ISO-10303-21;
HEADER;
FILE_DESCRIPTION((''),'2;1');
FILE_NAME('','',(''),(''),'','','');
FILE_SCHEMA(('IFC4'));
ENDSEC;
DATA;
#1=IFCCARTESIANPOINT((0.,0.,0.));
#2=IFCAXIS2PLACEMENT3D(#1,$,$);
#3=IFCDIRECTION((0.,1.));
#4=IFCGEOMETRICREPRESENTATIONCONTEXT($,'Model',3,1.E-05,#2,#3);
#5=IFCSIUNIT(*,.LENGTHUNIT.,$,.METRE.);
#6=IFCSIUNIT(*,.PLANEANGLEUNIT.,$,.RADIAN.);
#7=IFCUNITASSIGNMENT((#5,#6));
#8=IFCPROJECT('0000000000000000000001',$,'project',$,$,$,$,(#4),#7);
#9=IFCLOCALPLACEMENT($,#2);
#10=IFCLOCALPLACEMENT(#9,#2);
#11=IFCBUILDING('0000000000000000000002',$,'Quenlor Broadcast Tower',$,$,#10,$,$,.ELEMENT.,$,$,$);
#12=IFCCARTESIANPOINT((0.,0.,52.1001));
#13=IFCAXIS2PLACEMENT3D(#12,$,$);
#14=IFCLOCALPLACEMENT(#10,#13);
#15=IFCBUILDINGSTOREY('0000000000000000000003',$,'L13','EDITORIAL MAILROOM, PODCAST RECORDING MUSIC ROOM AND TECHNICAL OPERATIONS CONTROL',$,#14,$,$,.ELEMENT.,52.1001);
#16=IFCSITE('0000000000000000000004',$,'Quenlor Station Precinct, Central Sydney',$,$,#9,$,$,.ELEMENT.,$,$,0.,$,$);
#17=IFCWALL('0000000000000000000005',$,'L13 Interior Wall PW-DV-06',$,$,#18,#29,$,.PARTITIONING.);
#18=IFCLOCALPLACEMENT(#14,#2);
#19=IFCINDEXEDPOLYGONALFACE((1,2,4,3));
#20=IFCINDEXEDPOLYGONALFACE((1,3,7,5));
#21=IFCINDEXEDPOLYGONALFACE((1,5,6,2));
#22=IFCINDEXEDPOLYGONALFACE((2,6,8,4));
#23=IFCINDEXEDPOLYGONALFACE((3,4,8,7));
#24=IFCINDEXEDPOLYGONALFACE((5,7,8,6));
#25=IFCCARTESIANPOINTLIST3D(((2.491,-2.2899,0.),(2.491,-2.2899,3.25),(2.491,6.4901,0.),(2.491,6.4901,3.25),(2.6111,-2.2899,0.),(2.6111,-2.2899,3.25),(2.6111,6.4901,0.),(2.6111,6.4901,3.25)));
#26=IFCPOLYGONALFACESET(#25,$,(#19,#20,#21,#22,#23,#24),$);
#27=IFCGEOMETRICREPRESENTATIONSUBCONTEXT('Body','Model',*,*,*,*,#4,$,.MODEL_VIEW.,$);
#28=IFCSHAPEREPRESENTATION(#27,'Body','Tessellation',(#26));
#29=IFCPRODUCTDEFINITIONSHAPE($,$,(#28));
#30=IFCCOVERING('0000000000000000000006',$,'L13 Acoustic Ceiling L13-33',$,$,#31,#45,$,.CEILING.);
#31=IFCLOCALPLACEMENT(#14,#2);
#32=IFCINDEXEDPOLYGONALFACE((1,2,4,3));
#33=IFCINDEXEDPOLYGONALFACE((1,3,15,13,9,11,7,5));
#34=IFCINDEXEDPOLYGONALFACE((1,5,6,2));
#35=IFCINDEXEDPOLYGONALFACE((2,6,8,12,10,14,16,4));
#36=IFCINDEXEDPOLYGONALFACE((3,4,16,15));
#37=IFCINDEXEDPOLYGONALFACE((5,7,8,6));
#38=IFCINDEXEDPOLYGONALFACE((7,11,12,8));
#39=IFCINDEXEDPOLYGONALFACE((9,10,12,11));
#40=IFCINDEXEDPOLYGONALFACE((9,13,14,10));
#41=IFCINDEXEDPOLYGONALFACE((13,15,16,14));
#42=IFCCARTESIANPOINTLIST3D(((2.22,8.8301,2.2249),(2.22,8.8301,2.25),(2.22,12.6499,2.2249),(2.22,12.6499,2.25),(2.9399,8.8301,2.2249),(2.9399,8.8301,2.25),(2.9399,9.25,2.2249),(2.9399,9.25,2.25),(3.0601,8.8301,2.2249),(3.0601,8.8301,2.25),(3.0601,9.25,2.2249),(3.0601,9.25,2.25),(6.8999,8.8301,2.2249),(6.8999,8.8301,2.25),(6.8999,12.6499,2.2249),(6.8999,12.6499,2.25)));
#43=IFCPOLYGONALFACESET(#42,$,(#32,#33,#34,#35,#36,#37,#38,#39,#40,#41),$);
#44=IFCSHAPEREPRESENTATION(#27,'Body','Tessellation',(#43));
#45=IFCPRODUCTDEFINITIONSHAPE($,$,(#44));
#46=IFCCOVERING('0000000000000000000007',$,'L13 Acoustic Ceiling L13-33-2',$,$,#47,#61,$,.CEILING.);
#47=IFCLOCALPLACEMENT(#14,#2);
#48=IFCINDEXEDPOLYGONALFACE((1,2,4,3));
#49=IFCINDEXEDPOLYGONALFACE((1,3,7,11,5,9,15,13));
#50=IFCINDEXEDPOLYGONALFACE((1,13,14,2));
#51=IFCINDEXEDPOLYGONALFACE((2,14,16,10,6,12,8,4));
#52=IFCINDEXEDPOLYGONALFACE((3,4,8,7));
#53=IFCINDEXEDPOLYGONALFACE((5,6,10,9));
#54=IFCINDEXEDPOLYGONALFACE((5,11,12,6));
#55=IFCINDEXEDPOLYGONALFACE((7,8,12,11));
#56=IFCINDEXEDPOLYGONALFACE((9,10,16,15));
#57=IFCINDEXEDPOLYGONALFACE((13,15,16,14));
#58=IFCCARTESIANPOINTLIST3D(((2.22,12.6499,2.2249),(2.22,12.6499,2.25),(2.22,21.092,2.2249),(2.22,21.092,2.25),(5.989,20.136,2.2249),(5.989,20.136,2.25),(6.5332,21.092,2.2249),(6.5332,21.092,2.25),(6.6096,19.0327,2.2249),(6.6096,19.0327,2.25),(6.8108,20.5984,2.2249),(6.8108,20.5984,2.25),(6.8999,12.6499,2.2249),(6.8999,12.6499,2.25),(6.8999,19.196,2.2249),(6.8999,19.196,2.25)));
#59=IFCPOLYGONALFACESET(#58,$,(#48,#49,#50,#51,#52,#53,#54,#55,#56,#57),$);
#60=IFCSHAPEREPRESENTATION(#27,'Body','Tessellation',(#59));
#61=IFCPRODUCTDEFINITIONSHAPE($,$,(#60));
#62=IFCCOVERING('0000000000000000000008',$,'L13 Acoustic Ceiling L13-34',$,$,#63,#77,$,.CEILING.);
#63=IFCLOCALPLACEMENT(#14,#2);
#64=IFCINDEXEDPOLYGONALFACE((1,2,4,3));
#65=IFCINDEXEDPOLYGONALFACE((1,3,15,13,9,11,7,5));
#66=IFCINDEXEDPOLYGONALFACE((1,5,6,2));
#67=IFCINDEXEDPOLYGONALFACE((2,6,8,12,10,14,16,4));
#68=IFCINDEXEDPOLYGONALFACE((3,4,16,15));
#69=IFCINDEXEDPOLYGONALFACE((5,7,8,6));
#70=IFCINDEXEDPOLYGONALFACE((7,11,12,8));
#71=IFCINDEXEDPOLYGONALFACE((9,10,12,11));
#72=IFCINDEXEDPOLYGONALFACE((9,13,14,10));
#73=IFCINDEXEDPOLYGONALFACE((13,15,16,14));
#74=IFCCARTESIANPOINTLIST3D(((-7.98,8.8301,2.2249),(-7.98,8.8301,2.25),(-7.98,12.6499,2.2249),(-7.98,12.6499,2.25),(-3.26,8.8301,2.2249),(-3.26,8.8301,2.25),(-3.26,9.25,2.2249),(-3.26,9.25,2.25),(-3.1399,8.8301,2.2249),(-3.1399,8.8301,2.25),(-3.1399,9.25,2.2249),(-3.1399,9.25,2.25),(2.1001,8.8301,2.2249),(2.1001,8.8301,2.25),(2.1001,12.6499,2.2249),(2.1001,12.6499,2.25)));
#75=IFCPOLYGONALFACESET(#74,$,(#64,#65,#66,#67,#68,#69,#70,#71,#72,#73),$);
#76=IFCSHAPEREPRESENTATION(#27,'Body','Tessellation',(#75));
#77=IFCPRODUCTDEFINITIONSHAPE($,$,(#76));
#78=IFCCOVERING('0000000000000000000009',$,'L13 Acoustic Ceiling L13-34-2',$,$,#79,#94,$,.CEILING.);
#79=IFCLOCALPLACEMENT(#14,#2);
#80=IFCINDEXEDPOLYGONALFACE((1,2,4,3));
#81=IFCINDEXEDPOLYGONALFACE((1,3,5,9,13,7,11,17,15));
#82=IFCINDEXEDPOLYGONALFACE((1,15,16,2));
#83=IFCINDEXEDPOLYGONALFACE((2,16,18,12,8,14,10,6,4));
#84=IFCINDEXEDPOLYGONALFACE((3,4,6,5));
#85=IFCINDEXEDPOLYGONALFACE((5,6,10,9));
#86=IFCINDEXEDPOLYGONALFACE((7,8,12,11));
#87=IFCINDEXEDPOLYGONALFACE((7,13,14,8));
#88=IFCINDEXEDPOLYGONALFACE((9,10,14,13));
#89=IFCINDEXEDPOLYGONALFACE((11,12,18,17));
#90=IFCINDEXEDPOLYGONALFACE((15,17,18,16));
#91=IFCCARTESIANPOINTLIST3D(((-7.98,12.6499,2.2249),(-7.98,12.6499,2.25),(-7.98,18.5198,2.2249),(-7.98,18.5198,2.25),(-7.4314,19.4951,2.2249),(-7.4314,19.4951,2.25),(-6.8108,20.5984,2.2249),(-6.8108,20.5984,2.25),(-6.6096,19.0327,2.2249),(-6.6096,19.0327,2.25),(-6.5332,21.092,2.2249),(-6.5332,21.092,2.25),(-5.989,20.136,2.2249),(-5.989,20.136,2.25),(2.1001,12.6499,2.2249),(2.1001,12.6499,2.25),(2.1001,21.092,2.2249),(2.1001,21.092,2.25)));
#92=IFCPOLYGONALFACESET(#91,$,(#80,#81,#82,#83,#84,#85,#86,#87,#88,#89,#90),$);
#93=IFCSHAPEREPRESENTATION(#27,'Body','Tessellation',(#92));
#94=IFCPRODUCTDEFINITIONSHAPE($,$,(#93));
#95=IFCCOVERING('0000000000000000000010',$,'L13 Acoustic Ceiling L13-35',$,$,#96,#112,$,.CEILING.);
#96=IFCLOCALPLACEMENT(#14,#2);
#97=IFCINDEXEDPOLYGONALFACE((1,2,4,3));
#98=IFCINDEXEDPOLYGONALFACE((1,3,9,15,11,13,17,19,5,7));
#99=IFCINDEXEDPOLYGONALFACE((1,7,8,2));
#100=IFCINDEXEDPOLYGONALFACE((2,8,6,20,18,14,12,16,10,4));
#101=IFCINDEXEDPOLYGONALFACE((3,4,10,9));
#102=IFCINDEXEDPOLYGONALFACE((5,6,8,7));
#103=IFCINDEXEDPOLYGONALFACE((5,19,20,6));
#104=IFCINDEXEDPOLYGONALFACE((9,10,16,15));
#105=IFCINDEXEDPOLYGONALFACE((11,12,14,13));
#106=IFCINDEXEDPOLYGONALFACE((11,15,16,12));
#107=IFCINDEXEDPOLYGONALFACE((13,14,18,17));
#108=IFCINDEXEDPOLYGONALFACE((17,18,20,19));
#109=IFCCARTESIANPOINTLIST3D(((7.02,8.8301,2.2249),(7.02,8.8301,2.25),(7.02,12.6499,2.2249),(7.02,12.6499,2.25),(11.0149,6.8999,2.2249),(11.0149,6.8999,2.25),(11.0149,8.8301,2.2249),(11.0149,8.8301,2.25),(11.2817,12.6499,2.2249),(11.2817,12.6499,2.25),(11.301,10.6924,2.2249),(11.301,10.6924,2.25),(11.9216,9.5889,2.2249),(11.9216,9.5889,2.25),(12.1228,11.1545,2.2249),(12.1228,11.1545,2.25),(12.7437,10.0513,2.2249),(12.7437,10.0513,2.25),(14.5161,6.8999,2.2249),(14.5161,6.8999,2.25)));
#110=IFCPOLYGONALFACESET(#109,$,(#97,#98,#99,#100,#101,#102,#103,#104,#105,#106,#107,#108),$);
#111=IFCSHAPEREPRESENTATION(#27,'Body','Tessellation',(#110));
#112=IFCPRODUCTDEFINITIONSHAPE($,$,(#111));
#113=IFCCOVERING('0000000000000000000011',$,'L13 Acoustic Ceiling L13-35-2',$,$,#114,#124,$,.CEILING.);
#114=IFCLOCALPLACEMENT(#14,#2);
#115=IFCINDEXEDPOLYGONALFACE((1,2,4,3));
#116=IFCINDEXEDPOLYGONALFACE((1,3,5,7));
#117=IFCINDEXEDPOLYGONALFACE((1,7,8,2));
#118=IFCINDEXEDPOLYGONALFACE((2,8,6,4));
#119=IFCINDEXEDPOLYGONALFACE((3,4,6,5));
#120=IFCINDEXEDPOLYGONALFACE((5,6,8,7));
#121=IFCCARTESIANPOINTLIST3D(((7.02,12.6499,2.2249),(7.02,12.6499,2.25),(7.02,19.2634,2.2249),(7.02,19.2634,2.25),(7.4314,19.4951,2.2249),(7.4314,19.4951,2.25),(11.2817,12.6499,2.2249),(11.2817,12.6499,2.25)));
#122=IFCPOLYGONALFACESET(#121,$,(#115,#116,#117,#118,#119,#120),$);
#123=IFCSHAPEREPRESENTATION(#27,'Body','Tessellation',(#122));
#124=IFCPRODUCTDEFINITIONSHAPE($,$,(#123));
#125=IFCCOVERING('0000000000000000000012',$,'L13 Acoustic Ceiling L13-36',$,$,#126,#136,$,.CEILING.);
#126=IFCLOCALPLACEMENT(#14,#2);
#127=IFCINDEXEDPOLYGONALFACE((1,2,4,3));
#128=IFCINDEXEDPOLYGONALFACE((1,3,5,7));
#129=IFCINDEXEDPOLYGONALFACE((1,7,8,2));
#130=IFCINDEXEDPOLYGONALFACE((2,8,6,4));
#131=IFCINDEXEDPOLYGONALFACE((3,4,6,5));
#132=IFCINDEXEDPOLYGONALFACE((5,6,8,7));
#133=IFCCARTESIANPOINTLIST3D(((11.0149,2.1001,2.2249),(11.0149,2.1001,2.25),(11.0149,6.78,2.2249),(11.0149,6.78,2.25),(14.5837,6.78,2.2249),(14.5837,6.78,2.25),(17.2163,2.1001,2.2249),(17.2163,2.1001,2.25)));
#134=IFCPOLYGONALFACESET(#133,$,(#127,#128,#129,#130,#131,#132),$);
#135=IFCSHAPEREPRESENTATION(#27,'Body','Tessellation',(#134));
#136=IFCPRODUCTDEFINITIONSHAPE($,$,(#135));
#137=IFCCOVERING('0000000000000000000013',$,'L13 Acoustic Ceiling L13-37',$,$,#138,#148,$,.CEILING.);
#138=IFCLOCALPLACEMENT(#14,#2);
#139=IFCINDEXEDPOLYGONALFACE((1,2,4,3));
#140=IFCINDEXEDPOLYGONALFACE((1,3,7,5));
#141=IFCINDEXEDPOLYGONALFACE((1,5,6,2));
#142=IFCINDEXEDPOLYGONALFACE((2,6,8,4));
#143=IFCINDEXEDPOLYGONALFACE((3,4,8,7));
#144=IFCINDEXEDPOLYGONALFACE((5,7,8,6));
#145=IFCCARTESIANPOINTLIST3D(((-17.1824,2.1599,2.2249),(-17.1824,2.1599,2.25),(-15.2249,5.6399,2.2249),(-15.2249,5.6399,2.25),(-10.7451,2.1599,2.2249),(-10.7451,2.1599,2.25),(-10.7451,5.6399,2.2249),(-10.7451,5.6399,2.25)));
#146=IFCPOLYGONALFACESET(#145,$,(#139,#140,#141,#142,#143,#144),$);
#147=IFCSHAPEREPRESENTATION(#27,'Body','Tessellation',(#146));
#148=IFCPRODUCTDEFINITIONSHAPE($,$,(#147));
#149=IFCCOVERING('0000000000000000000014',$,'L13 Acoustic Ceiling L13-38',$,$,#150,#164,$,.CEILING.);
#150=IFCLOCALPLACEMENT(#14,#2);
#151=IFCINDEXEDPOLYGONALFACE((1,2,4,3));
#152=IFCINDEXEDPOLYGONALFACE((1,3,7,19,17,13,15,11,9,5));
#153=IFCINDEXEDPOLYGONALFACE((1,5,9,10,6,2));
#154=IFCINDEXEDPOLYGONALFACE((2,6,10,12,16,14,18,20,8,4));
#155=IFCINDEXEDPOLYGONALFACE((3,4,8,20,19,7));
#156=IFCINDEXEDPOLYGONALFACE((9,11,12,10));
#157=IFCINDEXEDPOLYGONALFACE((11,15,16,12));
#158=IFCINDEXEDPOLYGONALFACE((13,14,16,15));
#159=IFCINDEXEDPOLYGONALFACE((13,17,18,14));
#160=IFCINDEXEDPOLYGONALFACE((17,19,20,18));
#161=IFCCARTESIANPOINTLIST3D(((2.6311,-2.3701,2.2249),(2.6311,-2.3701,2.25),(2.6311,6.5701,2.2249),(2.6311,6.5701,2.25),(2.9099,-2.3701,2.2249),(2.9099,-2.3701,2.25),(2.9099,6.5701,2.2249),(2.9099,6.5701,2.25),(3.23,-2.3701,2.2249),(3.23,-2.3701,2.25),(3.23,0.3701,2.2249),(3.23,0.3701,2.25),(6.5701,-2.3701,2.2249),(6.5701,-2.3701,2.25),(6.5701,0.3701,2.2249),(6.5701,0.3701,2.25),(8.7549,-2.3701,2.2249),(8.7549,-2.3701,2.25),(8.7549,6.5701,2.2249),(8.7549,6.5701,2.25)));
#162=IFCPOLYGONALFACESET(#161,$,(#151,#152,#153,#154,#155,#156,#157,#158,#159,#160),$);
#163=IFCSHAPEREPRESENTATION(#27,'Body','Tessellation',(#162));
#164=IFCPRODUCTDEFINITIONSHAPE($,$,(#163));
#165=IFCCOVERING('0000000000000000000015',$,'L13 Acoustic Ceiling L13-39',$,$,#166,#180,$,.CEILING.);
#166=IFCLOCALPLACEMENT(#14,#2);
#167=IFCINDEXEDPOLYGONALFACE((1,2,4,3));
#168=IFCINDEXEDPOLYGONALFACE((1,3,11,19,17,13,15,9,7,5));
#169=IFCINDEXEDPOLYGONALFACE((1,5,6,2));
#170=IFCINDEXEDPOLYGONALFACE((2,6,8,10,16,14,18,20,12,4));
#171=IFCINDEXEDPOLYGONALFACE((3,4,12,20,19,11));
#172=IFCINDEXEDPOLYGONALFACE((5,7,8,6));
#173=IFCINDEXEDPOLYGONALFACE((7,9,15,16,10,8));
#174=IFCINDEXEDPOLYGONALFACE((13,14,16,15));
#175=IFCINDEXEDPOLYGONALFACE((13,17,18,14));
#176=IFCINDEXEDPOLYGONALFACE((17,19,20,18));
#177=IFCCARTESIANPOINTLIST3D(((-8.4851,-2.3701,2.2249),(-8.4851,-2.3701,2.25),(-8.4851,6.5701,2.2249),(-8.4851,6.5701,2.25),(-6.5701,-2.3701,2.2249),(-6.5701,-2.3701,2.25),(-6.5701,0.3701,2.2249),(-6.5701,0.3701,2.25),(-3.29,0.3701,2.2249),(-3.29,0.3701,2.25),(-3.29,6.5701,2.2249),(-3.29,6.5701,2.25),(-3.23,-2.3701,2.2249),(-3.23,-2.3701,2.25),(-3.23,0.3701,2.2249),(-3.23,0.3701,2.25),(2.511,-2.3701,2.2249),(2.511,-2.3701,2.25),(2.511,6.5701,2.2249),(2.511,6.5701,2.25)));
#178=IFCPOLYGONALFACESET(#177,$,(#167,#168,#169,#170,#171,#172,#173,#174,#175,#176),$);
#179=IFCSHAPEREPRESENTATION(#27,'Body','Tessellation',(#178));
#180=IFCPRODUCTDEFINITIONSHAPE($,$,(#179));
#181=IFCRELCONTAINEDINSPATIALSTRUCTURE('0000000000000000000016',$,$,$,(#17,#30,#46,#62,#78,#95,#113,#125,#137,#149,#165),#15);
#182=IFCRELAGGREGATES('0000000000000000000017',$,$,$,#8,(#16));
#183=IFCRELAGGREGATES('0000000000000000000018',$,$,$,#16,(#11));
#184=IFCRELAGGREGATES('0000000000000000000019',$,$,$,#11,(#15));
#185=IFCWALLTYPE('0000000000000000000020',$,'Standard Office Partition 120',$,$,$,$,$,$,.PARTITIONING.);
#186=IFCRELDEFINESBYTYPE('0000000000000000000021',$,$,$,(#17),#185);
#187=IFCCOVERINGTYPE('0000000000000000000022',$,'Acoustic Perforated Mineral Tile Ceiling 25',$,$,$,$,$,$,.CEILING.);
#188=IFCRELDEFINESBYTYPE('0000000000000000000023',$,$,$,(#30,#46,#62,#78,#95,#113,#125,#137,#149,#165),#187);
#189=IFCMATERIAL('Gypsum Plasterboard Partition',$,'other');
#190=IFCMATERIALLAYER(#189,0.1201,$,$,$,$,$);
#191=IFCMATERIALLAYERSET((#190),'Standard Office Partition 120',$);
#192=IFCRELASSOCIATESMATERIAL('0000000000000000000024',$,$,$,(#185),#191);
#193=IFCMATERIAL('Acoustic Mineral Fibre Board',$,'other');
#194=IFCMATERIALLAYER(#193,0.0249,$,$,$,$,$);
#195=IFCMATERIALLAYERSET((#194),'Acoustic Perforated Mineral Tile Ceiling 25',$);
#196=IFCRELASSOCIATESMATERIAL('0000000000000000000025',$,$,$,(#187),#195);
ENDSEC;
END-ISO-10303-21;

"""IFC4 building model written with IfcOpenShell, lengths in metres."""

from ifc_helpers import new_model, si_unit, direction, frame, frame_2d, origin, place, context, subcontext, project, spatial, polyline, rectangle, outline, extrude, material, layer, layer_set, type_object, element, save


model = new_model("IFC4")

# Units and contexts
model_context = context("Model", 3, precision=1e-05, world=origin(), true_north=direction((0.0, 1.0)))
body_context = subcontext(model_context, "Body", "Model", "MODEL_VIEW")
ifc_project = project(units=[si_unit("LENGTHUNIT", "METRE"), si_unit("PLANEANGLEUNIT", "RADIAN")], contexts=[model_context])

# Site, building, storey
site_placement = place(None, origin())
site = spatial("IfcSite", under=ifc_project, at=site_placement, Name="Quenlor Station Precinct, Central Sydney", CompositionType="ELEMENT", RefElevation=0.0)
building_placement = place(site_placement, origin())
building = spatial("IfcBuilding", under=site, at=building_placement, Name="Quenlor Broadcast Tower", CompositionType="ELEMENT")
storey_placement = place(building_placement, frame((0.0, 0.0, 52.1001)))
storey = spatial("IfcBuildingStorey", under=building, at=storey_placement, Name="L13", Description="EDITORIAL MAILROOM, PODCAST RECORDING MUSIC ROOM AND TECHNICAL OPERATIONS CONTROL", CompositionType="ELEMENT", Elevation=52.1001)

# Wall
ifc_material_1 = material(Name="Gypsum Plasterboard Partition", Category="other")
ifc_layer_1 = layer(ifc_material_1, 0.1201)
ifc_layer_set_1 = layer_set([ifc_layer_1], Name="Standard Office Partition 120")
wall_type = type_object("IfcWallType", Name="Standard Office Partition 120", PredefinedType="PARTITIONING", material=ifc_layer_set_1)
wall_1_placement = place(storey_placement, frame((2.551, -2.29, 0.0), z_axis=(0.0, 0.0, 1.0), x_axis=(0.0, 1.0, 0.0)))
element("IfcWall", 1, at=wall_1_placement, inside=storey, type_object=wall_type, Name="L13 Interior Wall PW-DV-06", PredefinedType="PARTITIONING", context=body_context, shape_type="SweptSolid", body=[
    extrude(rectangle(XDim=8.78, YDim=0.1201, at=frame_2d((4.3901, 0.0))), origin(), (0.0, 0.0, 1.0), 3.25),
])

# Coverings
ifc_material_2 = material(Name="Acoustic Mineral Fibre Board", Category="other")
ifc_layer_2 = layer(ifc_material_2, 0.0249)
ifc_layer_set_2 = layer_set([ifc_layer_2], Name="Acoustic Perforated Mineral Tile Ceiling 25")
covering_type_1 = type_object("IfcCoveringType", Name="Acoustic Perforated Mineral Tile Ceiling 25", PredefinedType="CEILING", material=ifc_layer_set_2)
covering_1_placement = place(storey_placement, frame((0.0, 0.0, 2.2249)))
element("IfcCovering", 2, at=covering_1_placement, inside=storey, type_object=covering_type_1, Name="L13 Acoustic Ceiling L13-33", PredefinedType="CEILING", context=body_context, shape_type="SweptSolid", body=[
    extrude(outline(polyline([(6.8999, 8.8301), (3.0601, 8.8301), (3.0601, 9.25), (2.9399, 9.25), (2.9399, 8.8301), (2.22, 8.8301), (2.22, 12.6499), (6.8999, 12.6499), (6.8999, 8.8301)])), origin(), (0.0, 0.0, 1.0), 0.0251),
])
covering_2_placement = place(storey_placement, frame((0.0, 0.0, 2.2249)))
element("IfcCovering", 3, at=covering_2_placement, inside=storey, type_object=covering_type_1, Name="L13 Acoustic Ceiling L13-33-2", PredefinedType="CEILING", context=body_context, shape_type="SweptSolid", body=[
    extrude(outline(polyline([(6.6096, 19.0327), (6.8999, 19.196), (6.8999, 12.6499), (2.22, 12.6499), (2.22, 21.092), (6.5332, 21.092), (6.8108, 20.5984), (5.989, 20.136), (6.6096, 19.0327)])), origin(), (0.0, 0.0, 1.0), 0.0251),
])
covering_3_placement = place(storey_placement, frame((0.0, 0.0, 2.2249)))
element("IfcCovering", 4, at=covering_3_placement, inside=storey, type_object=covering_type_1, Name="L13 Acoustic Ceiling L13-34", PredefinedType="CEILING", context=body_context, shape_type="SweptSolid", body=[
    extrude(outline(polyline([(-3.1399, 8.8301), (-3.1399, 9.25), (-3.26, 9.25), (-3.26, 8.8301), (-7.98, 8.8301), (-7.98, 12.6499), (2.1001, 12.6499), (2.1001, 8.8301), (-3.1399, 8.8301)])), origin(), (0.0, 0.0, 1.0), 0.0251),
])
covering_4_placement = place(storey_placement, frame((0.0, 0.0, 2.2249)))
element("IfcCovering", 5, at=covering_4_placement, inside=storey, type_object=covering_type_1, Name="L13 Acoustic Ceiling L13-34-2", PredefinedType="CEILING", context=body_context, shape_type="SweptSolid", body=[
    extrude(outline(polyline([(-7.98, 18.5198), (-7.4314, 19.4951), (-6.6096, 19.0327), (-5.989, 20.136), (-6.8108, 20.5984), (-6.5332, 21.092), (2.1001, 21.092), (2.1001, 12.6499), (-7.98, 12.6499), (-7.98, 18.5198)])), origin(), (0.0, 0.0, 1.0), 0.0251),
])
covering_5_placement = place(storey_placement, frame((0.0, 0.0, 2.2249)))
element("IfcCovering", 6, at=covering_5_placement, inside=storey, type_object=covering_type_1, Name="L13 Acoustic Ceiling L13-35", PredefinedType="CEILING", context=body_context, shape_type="SweptSolid", body=[
    extrude(outline(polyline([(7.02, 8.8301), (7.02, 12.6499), (11.2817, 12.6499), (12.1228, 11.1545), (11.301, 10.6924), (11.9216, 9.5889), (12.7437, 10.0513), (14.5161, 6.8999), (11.0149, 6.8999), (11.0149, 8.8301), (7.02, 8.8301)])), origin(), (0.0, 0.0, 1.0), 0.0251),
])
covering_6_placement = place(storey_placement, frame((0.0, 0.0, 2.2249)))
element("IfcCovering", 7, at=covering_6_placement, inside=storey, type_object=covering_type_1, Name="L13 Acoustic Ceiling L13-35-2", PredefinedType="CEILING", context=body_context, shape_type="SweptSolid", body=[
    extrude(outline(polyline([(7.02, 19.2634), (7.4314, 19.4951), (11.2817, 12.6499), (7.02, 12.6499), (7.02, 19.2634)])), origin(), (0.0, 0.0, 1.0), 0.0251),
])
covering_7_placement = place(storey_placement, frame((0.0, 0.0, 2.2249)))
element("IfcCovering", 8, at=covering_7_placement, inside=storey, type_object=covering_type_1, Name="L13 Acoustic Ceiling L13-36", PredefinedType="CEILING", context=body_context, shape_type="SweptSolid", body=[
    extrude(outline(polyline([(14.5837, 6.78), (17.2163, 2.1001), (11.0149, 2.1001), (11.0149, 6.78), (14.5837, 6.78)])), origin(), (0.0, 0.0, 1.0), 0.0251),
])
covering_8_placement = place(storey_placement, frame((0.0, 0.0, 2.2249)))
element("IfcCovering", 9, at=covering_8_placement, inside=storey, type_object=covering_type_1, Name="L13 Acoustic Ceiling L13-37", PredefinedType="CEILING", context=body_context, shape_type="SweptSolid", body=[
    extrude(outline(polyline([(-17.1824, 2.1599), (-15.2249, 5.6399), (-10.7451, 5.6399), (-10.7451, 2.1599), (-17.1824, 2.1599)])), origin(), (0.0, 0.0, 1.0), 0.0251),
])
covering_9_placement = place(storey_placement, frame((0.0, 0.0, 2.2249)))
element("IfcCovering", 10, at=covering_9_placement, inside=storey, type_object=covering_type_1, Name="L13 Acoustic Ceiling L13-38", PredefinedType="CEILING", context=body_context, shape_type="SweptSolid", body=[
    extrude(outline(polyline([(6.5701, -2.3701), (6.5701, 0.3701), (3.23, 0.3701), (3.23, -2.3701), (2.9099, -2.3701), (2.6311, -2.3701), (2.6311, 6.5701), (2.9099, 6.5701), (8.7549, 6.5701), (8.7549, -2.3701), (6.5701, -2.3701)])), origin(), (0.0, 0.0, 1.0), 0.0251),
])
covering_10_placement = place(storey_placement, frame((0.0, 0.0, 2.2249)))
element("IfcCovering", 11, at=covering_10_placement, inside=storey, type_object=covering_type_1, Name="L13 Acoustic Ceiling L13-39", PredefinedType="CEILING", context=body_context, shape_type="SweptSolid", body=[
    extrude(outline(polyline([(-3.23, -2.3701), (-3.23, 0.3701), (-3.29, 0.3701), (-6.5701, 0.3701), (-6.5701, -2.3701), (-8.4851, -2.3701), (-8.4851, 6.5701), (-3.29, 6.5701), (2.511, 6.5701), (2.511, -2.3701), (-3.23, -2.3701)])), origin(), (0.0, 0.0, 1.0), 0.0251),
])

save(model, "model.ifc")
